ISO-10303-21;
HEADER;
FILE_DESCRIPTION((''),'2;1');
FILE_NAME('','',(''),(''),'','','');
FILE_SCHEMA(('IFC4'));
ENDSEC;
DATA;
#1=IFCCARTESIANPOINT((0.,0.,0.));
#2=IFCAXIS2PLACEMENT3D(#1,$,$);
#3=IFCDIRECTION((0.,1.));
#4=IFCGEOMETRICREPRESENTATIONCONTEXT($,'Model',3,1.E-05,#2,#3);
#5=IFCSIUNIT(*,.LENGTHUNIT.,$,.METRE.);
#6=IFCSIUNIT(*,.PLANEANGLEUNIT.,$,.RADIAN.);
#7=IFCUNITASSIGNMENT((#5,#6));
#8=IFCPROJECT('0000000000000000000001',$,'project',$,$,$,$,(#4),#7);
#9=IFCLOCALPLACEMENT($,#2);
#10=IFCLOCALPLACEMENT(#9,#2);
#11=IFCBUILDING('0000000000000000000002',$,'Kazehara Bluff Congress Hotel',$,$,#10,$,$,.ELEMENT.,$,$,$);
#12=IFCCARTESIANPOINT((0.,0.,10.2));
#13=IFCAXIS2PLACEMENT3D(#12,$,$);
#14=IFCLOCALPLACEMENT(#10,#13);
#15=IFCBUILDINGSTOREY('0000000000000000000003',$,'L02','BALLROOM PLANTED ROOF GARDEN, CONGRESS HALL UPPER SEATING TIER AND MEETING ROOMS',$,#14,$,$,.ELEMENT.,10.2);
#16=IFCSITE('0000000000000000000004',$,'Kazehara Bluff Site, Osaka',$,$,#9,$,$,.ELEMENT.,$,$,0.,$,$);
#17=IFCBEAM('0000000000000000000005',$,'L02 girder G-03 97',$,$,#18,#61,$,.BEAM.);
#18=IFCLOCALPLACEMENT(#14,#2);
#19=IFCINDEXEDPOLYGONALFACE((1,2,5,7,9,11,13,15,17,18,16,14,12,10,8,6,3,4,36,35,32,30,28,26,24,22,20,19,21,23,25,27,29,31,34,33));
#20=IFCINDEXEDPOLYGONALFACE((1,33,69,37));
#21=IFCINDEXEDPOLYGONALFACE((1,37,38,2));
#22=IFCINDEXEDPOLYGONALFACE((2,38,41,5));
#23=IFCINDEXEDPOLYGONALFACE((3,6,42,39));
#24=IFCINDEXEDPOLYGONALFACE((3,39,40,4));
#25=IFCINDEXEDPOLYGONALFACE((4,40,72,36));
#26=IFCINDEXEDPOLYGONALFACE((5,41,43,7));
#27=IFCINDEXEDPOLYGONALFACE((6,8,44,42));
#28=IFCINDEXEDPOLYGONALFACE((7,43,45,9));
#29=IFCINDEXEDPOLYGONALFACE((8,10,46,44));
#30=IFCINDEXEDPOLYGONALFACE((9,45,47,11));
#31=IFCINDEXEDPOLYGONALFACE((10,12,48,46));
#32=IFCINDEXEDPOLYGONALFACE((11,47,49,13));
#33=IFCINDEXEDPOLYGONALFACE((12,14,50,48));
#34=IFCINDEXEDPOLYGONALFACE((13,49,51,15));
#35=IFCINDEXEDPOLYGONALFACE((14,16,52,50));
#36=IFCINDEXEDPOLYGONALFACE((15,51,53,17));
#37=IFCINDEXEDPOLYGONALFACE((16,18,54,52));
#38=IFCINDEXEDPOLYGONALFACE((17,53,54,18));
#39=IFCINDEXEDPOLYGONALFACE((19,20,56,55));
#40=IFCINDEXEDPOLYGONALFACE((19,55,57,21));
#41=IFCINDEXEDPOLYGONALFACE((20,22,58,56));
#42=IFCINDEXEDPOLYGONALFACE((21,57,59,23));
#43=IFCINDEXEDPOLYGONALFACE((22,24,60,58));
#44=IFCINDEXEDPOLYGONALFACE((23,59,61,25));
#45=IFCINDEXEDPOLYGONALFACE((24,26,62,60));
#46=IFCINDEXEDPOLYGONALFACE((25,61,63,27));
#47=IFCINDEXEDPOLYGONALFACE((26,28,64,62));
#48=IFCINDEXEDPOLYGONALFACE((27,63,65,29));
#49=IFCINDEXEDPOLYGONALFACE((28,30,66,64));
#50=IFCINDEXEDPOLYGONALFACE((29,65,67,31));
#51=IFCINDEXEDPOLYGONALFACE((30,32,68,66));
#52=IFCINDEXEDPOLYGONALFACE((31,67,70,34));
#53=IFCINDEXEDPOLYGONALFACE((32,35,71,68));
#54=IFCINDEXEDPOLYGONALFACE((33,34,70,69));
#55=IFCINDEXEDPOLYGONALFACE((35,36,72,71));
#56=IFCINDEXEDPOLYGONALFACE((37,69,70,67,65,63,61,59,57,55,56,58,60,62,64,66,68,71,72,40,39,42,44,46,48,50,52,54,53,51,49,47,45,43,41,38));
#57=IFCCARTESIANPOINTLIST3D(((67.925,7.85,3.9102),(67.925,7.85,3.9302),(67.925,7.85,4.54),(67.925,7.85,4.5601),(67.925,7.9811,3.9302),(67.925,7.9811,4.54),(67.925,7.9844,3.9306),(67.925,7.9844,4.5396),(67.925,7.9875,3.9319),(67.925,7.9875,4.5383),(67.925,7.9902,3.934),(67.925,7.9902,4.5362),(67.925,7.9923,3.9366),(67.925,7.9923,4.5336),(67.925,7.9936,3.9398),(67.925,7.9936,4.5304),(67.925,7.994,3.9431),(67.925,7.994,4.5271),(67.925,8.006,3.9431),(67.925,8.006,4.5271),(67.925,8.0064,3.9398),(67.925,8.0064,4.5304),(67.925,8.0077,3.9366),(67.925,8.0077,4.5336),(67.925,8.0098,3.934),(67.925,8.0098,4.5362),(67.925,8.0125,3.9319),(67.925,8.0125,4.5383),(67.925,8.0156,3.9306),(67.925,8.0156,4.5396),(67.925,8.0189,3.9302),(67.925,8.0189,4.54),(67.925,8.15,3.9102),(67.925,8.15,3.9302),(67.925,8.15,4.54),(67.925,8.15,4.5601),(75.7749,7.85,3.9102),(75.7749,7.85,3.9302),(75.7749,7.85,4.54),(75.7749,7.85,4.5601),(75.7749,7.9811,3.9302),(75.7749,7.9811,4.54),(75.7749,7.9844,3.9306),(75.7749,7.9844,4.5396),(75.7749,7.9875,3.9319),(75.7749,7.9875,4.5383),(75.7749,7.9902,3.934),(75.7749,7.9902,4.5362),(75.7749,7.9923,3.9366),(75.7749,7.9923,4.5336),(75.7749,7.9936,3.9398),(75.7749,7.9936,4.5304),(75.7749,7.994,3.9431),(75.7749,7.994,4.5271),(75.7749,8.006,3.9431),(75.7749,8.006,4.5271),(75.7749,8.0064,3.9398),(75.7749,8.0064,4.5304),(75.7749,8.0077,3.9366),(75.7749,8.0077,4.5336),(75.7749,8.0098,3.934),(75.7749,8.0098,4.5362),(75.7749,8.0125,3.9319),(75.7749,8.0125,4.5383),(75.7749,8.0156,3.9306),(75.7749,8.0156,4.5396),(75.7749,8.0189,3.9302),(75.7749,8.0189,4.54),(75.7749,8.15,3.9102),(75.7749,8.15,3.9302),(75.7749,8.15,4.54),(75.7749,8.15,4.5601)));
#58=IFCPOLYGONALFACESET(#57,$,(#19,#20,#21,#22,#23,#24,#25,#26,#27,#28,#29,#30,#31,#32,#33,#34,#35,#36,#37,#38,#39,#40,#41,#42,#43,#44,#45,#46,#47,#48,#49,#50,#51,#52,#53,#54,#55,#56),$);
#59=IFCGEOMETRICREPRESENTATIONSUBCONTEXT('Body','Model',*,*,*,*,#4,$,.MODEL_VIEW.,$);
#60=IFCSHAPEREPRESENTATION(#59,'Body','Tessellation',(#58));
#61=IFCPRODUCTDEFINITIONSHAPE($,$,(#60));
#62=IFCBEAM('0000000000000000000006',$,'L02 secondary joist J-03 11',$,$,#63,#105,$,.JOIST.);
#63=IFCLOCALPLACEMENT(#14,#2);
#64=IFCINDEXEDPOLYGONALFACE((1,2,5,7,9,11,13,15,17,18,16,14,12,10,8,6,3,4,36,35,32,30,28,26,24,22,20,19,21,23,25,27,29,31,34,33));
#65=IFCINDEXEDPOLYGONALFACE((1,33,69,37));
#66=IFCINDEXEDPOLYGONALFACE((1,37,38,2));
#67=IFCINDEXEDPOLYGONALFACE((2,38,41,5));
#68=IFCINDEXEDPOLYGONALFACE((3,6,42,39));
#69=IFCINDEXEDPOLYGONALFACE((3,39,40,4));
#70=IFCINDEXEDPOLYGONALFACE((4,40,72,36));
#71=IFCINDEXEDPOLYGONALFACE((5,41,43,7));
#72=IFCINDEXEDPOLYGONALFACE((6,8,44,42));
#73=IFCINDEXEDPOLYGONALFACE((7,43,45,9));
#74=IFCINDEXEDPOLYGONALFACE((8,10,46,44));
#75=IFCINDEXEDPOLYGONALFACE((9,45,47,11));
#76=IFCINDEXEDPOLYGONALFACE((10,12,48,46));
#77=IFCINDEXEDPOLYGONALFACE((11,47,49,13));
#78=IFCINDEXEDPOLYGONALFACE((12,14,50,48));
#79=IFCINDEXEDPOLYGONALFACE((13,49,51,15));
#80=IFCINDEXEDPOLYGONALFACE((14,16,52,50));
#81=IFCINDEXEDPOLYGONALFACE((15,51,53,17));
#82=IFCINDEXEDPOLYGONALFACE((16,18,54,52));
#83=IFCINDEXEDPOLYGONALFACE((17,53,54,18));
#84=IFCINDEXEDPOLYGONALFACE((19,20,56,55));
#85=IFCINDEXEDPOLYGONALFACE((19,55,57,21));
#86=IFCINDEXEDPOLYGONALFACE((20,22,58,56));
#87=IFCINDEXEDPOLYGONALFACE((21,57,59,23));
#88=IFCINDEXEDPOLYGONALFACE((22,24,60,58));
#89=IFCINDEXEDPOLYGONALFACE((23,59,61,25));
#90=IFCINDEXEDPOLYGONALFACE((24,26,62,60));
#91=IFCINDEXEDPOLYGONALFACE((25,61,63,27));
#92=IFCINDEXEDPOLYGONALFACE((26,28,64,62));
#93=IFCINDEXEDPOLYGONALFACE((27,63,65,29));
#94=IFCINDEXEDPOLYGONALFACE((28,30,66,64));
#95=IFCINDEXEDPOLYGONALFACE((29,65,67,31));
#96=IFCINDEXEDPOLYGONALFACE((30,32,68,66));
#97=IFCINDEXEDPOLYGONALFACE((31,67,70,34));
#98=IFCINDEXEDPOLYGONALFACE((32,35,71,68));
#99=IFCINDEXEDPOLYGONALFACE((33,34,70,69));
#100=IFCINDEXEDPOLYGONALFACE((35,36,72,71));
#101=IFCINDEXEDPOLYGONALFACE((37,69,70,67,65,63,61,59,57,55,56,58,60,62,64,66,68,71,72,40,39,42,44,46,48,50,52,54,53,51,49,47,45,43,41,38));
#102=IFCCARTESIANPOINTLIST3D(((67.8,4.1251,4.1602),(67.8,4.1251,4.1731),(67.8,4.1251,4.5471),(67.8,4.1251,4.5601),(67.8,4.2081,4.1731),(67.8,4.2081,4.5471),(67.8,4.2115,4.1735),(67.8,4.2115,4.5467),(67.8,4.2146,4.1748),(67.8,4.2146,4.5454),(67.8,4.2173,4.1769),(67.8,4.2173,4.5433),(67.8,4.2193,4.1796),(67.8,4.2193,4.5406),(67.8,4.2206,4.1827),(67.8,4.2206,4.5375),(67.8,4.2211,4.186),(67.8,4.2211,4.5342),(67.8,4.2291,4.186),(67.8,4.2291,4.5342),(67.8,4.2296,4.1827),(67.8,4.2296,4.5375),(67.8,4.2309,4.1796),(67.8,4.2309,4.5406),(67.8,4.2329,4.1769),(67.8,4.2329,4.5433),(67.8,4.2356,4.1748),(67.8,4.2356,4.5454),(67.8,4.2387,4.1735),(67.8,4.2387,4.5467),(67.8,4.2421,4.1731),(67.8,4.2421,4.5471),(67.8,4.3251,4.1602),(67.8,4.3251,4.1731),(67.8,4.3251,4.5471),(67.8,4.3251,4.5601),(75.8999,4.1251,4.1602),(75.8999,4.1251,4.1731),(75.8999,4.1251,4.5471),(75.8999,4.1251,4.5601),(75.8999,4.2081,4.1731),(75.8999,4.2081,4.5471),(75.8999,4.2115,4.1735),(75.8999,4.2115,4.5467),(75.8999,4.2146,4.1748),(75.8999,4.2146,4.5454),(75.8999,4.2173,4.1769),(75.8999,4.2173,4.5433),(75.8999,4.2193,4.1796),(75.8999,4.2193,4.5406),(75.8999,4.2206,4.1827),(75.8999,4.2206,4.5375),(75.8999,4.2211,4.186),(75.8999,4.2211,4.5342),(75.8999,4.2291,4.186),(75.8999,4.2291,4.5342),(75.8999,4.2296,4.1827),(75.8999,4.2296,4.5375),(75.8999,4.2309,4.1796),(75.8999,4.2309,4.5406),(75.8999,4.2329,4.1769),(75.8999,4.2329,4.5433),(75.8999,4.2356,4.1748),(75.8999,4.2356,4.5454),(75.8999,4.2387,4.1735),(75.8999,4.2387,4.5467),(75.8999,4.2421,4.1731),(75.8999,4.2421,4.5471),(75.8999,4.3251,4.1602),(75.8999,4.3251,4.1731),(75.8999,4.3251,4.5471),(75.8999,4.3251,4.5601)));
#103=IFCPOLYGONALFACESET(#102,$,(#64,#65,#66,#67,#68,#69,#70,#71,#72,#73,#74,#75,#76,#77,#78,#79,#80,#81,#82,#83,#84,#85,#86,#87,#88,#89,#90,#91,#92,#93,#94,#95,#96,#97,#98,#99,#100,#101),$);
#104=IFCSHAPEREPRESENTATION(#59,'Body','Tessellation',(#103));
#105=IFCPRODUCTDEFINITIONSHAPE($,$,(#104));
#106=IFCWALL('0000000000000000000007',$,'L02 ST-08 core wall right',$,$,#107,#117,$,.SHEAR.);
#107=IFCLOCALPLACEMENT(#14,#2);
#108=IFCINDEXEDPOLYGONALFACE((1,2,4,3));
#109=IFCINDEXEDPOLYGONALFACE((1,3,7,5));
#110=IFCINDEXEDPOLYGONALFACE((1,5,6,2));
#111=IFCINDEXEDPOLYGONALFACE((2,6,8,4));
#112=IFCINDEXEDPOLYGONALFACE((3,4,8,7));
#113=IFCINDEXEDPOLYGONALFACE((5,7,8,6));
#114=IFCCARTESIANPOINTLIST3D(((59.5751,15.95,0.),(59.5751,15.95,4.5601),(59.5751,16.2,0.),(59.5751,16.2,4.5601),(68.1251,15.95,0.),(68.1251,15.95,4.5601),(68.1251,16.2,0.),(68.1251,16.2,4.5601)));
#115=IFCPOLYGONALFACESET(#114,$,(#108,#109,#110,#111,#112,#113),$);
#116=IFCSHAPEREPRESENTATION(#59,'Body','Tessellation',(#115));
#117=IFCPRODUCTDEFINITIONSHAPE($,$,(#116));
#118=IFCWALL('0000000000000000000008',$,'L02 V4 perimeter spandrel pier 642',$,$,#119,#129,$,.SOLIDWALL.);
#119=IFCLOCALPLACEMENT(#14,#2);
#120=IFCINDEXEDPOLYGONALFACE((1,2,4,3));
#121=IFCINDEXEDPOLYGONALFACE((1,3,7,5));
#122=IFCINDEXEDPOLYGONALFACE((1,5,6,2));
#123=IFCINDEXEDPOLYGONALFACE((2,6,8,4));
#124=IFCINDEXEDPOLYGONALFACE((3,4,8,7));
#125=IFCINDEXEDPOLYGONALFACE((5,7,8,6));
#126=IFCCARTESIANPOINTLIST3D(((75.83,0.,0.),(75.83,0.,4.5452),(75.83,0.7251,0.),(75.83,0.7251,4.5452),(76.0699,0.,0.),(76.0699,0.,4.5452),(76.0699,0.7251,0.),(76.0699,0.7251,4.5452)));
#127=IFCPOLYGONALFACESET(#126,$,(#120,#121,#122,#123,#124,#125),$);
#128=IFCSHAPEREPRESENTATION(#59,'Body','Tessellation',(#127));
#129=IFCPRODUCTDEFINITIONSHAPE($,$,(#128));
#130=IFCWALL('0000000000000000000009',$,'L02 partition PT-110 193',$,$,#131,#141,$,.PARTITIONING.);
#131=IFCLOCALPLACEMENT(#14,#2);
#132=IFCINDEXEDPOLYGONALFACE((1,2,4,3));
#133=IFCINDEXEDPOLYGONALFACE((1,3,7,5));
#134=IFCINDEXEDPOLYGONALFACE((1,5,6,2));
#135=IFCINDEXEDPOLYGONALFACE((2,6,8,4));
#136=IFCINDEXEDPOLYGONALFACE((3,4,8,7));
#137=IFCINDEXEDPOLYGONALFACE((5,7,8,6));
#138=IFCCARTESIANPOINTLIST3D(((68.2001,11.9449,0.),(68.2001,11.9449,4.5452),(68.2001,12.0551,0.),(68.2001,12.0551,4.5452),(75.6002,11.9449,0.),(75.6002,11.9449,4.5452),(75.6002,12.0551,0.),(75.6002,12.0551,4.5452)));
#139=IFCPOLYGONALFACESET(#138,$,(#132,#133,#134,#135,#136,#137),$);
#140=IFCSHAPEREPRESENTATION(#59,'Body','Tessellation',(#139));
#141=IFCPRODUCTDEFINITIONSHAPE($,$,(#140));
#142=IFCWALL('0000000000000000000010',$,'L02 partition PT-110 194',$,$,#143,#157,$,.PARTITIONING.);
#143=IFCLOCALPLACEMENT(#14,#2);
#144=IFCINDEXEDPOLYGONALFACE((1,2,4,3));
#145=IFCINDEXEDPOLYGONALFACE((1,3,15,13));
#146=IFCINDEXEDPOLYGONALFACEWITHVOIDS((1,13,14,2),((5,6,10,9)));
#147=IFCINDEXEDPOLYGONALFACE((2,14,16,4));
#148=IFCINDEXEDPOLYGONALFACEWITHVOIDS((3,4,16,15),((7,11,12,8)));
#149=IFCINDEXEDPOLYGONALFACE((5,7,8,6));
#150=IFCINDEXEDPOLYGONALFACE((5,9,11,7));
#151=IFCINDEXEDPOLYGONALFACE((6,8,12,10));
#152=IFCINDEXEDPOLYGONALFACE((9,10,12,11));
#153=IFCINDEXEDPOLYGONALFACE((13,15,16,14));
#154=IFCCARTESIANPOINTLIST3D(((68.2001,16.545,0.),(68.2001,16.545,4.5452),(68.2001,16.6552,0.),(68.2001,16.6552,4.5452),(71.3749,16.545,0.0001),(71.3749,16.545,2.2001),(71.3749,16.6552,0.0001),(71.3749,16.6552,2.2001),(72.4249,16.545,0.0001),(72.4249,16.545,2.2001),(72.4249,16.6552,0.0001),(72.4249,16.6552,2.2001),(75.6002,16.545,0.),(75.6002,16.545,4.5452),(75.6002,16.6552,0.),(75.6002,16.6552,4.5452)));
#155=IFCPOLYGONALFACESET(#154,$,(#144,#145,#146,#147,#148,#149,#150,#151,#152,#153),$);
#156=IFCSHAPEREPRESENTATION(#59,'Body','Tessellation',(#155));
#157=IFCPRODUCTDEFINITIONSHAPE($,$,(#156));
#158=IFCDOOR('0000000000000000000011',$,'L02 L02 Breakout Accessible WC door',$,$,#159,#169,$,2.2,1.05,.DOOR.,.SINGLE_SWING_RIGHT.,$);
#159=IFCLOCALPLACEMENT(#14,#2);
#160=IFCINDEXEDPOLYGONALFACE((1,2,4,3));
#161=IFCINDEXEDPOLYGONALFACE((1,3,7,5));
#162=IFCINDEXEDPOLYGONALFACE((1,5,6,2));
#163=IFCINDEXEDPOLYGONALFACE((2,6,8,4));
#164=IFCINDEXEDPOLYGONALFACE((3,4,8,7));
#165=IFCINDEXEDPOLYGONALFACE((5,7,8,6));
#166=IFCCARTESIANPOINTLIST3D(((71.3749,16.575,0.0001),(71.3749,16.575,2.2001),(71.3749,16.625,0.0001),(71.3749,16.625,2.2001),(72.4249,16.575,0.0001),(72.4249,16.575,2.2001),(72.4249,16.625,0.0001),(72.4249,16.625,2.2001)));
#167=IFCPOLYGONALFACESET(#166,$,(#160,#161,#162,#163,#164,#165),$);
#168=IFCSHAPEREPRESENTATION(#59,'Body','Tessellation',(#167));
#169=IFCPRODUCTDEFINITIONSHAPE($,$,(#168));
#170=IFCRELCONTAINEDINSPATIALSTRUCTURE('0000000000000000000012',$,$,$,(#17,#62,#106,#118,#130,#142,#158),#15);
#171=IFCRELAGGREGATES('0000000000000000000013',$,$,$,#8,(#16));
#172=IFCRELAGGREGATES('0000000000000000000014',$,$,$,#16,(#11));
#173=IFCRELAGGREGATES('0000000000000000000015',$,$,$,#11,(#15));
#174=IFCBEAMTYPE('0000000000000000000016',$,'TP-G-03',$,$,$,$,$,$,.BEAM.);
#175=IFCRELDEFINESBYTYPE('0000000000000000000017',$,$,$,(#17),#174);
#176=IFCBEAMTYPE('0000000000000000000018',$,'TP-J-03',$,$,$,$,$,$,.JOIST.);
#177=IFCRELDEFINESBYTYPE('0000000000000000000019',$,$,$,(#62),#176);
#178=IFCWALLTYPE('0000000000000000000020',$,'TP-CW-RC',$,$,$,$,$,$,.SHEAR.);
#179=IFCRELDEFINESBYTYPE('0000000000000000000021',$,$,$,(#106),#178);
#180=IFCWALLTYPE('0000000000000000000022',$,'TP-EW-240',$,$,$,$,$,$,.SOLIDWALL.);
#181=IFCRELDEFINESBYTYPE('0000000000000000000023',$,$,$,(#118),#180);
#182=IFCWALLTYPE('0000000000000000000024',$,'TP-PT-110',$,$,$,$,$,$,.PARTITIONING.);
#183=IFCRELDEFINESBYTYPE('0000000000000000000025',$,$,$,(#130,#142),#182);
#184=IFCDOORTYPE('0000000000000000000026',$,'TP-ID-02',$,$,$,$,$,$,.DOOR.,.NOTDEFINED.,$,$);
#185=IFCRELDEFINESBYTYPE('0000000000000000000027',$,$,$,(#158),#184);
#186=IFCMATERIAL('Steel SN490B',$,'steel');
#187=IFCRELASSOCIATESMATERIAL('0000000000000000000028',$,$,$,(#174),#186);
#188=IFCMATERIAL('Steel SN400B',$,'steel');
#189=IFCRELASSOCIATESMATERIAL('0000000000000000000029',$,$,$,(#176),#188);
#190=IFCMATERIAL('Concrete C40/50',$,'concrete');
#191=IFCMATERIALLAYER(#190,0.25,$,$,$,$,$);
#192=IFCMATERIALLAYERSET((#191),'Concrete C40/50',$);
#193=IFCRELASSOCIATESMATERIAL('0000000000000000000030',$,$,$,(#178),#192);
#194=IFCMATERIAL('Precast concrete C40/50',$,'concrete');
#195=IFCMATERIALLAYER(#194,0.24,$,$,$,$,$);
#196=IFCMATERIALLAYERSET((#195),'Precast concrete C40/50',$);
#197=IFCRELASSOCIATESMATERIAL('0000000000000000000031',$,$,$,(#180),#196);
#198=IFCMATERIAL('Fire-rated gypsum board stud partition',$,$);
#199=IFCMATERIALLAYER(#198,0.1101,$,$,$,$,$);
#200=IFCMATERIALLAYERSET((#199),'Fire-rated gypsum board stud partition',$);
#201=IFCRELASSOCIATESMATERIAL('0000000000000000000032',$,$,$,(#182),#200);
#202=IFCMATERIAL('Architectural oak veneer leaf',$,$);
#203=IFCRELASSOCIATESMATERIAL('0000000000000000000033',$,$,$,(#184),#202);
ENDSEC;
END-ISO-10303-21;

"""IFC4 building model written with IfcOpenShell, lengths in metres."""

from ifc_helpers import new_model, si_unit, direction, frame, frame_2d, origin, origin_2d, place, context, subcontext, project, spatial, rectangle, i_section, extrude, material, layer, layer_set, material_profile, profile_set, type_object, element, fill, save


model = new_model("IFC4")

# Units and contexts
model_context = context("Model", 3, precision=1e-05, world=origin(), true_north=direction((0.0, 1.0)))
body_context = subcontext(model_context, "Body", "Model", "MODEL_VIEW")
ifc_project = project(units=[si_unit("LENGTHUNIT", "METRE"), si_unit("PLANEANGLEUNIT", "RADIAN")], contexts=[model_context])

# Site, building, storey
site_placement = place(None, origin())
site = spatial("IfcSite", under=ifc_project, at=site_placement, Name="Kazehara Bluff Site, Osaka", CompositionType="ELEMENT", RefElevation=0.0)
building_placement = place(site_placement, origin())
building = spatial("IfcBuilding", under=site, at=building_placement, Name="Kazehara Bluff Congress Hotel", CompositionType="ELEMENT")
storey_placement = place(building_placement, frame((0.0, 0.0, 10.2)))
storey = spatial("IfcBuildingStorey", under=building, at=storey_placement, Name="L02", Description="BALLROOM PLANTED ROOF GARDEN, CONGRESS HALL UPPER SEATING TIER AND MEETING ROOMS", CompositionType="ELEMENT", Elevation=10.2)

# Beams
ifc_material_1 = material(Name="Steel SN490B", Category="steel")
ifc_material_profile_1 = material_profile(ifc_material_1, i_section(OverallWidth=0.3, OverallDepth=0.6499, WebThickness=0.012, FlangeThickness=0.02, FilletRadius=0.0129, at=origin_2d()))
ifc_profile_set_1 = profile_set([ifc_material_profile_1], Name="Steel SN490B")
beam_type_1 = type_object("IfcBeamType", Name="TP-G-03", PredefinedType="BEAM", material=ifc_profile_set_1)
for number, where, z_axis, x_axis, name in (
    (1, (67.925, 8.0, 4.2351), (1.0, 0.0, 0.0), (0.0, 1.0, 0.0), "L02 girder G-03 97"),
):
    element("IfcBeam", number, at=place(storey_placement, frame(where, z_axis=z_axis, x_axis=x_axis)), inside=storey, type_object=beam_type_1, Name=name, PredefinedType="BEAM", context=body_context, shape_type="SweptSolid", body=[
        extrude(i_section(OverallWidth=0.3, OverallDepth=0.6499, WebThickness=0.012, FlangeThickness=0.02, FilletRadius=0.0129, at=origin_2d()), origin(), (0.0, 0.0, 1.0), 7.8499),
    ])
ifc_material_2 = material(Name="Steel SN400B", Category="steel")
ifc_material_profile_2 = material_profile(ifc_material_2, i_section(OverallWidth=0.2, OverallDepth=0.3999, WebThickness=0.0081, FlangeThickness=0.0129, FilletRadius=0.0129, at=origin_2d()))
ifc_profile_set_2 = profile_set([ifc_material_profile_2], Name="Steel SN400B")
beam_type_2 = type_object("IfcBeamType", Name="TP-J-03", PredefinedType="JOIST", material=ifc_profile_set_2)
beam_1_placement = place(storey_placement, frame((67.8, 4.2251, 4.3601), z_axis=(1.0, 0.0, 0.0), x_axis=(0.0, 1.0, 0.0)))
element("IfcBeam", 2, at=beam_1_placement, inside=storey, type_object=beam_type_2, Name="L02 secondary joist J-03 11", PredefinedType="JOIST", context=body_context, shape_type="SweptSolid", body=[
    extrude(i_section(OverallWidth=0.2, OverallDepth=0.3999, WebThickness=0.0081, FlangeThickness=0.0129, FilletRadius=0.0129, at=origin_2d()), origin(), (0.0, 0.0, 1.0), 8.0999),
])

# Walls
ifc_material_3 = material(Name="Concrete C40/50", Category="concrete")
ifc_layer_1 = layer(ifc_material_3, 0.25)
ifc_layer_set_1 = layer_set([ifc_layer_1], Name="Concrete C40/50")
wall_type_1 = type_object("IfcWallType", Name="TP-CW-RC", PredefinedType="SHEAR", material=ifc_layer_set_1)
wall_1_placement = place(storey_placement, frame((68.125, 16.075, 0.0), z_axis=(0.0, 0.0, 1.0), x_axis=(-1.0, 0.0, 0.0)))
element("IfcWall", 3, at=wall_1_placement, inside=storey, type_object=wall_type_1, Name="L02 ST-08 core wall right", PredefinedType="SHEAR", context=body_context, shape_type="SweptSolid", body=[
    extrude(rectangle(XDim=8.55, YDim=0.25, at=frame_2d((4.2749, 0.0))), origin(), (0.0, 0.0, 1.0), 4.5601),
])
ifc_material_4 = material(Name="Precast concrete C40/50", Category="concrete")
ifc_layer_2 = layer(ifc_material_4, 0.24)
ifc_layer_set_2 = layer_set([ifc_layer_2], Name="Precast concrete C40/50")
wall_type_2 = type_object("IfcWallType", Name="TP-EW-240", PredefinedType="SOLIDWALL", material=ifc_layer_set_2)
wall_2_placement = place(storey_placement, frame((75.95, 0.7251, 0.0), z_axis=(0.0, 0.0, 1.0), x_axis=(0.0, -1.0, 0.0)))
element("IfcWall", 4, at=wall_2_placement, inside=storey, type_object=wall_type_2, Name="L02 V4 perimeter spandrel pier 642", PredefinedType="SOLIDWALL", context=body_context, shape_type="SweptSolid", body=[
    extrude(rectangle(XDim=0.7251, YDim=0.24, at=frame_2d((0.3625, 0.0))), origin(), (0.0, 0.0, 1.0), 4.5452),
])
ifc_material_5 = material(Name="Fire-rated gypsum board stud partition")
ifc_layer_3 = layer(ifc_material_5, 0.1101)
ifc_layer_set_3 = layer_set([ifc_layer_3], Name="Fire-rated gypsum board stud partition")
wall_type_3 = type_object("IfcWallType", Name="TP-PT-110", PredefinedType="PARTITIONING", material=ifc_layer_set_3)
wall_3_placement = place(storey_placement, frame((68.2, 12.0, 0.0), z_axis=(0.0, 0.0, 1.0), x_axis=(1.0, 0.0, 0.0)))
element("IfcWall", 5, at=wall_3_placement, inside=storey, type_object=wall_type_3, Name="L02 partition PT-110 193", PredefinedType="PARTITIONING", context=body_context, shape_type="SweptSolid", body=[
    extrude(rectangle(XDim=7.4001, YDim=0.1101, at=frame_2d((3.7002, 0.0))), origin(), (0.0, 0.0, 1.0), 4.5452),
])

# Wall, opening, door
wall_4_placement = place(storey_placement, frame((68.2, 16.6001, 0.0), z_axis=(0.0, 0.0, 1.0), x_axis=(1.0, 0.0, 0.0)))
wall_4 = element("IfcWall", 6, at=wall_4_placement, inside=storey, type_object=wall_type_3, Name="L02 partition PT-110 194", PredefinedType="PARTITIONING", context=body_context, shape_type="SweptSolid", body=[
    extrude(rectangle(XDim=7.4001, YDim=0.1101, at=frame_2d((3.7002, 0.0))), origin(), (0.0, 0.0, 1.0), 4.5452),
])
opening_1_placement = place(wall_4_placement, frame((3.175, 0.0, 0.0)))
opening_1 = element("IfcOpeningElement", 7, at=opening_1_placement, cuts=wall_4, PredefinedType="OPENING", context=body_context, shape_type="SweptSolid", body=[
    extrude(rectangle(XDim=1.05, YDim=2.2, at=frame_2d((0.5249, 1.1001))), frame((0.0, 0.0649, 0.0), z_axis=(0.0, -1.0, 0.0), x_axis=(1.0, 0.0, 0.0)), (0.0, 0.0, 1.0), 0.1301),
])
ifc_material_6 = material(Name="Architectural oak veneer leaf")
door_type_1 = type_object("IfcDoorType", Name="TP-ID-02", OperationType="NOTDEFINED", PredefinedType="DOOR", material=ifc_material_6)
door_1_placement = place(opening_1_placement, origin())
door_1 = element("IfcDoor", 8, at=door_1_placement, inside=storey, type_object=door_type_1, Name="L02 L02 Breakout Accessible WC door", OperationType="SINGLE_SWING_RIGHT", OverallHeight=2.2, OverallWidth=1.05, PredefinedType="DOOR", context=body_context, shape_type="SweptSolid", body=[
    extrude(rectangle(XDim=1.05, YDim=2.2, at=frame_2d((0.5249, 1.1001))), frame((0.0, 0.0249, 0.0), z_axis=(0.0, -1.0, 0.0), x_axis=(1.0, 0.0, 0.0)), (0.0, 0.0, 1.0), 0.05),
])
fill(opening_1, door_1)

save(model, "model.ifc")
